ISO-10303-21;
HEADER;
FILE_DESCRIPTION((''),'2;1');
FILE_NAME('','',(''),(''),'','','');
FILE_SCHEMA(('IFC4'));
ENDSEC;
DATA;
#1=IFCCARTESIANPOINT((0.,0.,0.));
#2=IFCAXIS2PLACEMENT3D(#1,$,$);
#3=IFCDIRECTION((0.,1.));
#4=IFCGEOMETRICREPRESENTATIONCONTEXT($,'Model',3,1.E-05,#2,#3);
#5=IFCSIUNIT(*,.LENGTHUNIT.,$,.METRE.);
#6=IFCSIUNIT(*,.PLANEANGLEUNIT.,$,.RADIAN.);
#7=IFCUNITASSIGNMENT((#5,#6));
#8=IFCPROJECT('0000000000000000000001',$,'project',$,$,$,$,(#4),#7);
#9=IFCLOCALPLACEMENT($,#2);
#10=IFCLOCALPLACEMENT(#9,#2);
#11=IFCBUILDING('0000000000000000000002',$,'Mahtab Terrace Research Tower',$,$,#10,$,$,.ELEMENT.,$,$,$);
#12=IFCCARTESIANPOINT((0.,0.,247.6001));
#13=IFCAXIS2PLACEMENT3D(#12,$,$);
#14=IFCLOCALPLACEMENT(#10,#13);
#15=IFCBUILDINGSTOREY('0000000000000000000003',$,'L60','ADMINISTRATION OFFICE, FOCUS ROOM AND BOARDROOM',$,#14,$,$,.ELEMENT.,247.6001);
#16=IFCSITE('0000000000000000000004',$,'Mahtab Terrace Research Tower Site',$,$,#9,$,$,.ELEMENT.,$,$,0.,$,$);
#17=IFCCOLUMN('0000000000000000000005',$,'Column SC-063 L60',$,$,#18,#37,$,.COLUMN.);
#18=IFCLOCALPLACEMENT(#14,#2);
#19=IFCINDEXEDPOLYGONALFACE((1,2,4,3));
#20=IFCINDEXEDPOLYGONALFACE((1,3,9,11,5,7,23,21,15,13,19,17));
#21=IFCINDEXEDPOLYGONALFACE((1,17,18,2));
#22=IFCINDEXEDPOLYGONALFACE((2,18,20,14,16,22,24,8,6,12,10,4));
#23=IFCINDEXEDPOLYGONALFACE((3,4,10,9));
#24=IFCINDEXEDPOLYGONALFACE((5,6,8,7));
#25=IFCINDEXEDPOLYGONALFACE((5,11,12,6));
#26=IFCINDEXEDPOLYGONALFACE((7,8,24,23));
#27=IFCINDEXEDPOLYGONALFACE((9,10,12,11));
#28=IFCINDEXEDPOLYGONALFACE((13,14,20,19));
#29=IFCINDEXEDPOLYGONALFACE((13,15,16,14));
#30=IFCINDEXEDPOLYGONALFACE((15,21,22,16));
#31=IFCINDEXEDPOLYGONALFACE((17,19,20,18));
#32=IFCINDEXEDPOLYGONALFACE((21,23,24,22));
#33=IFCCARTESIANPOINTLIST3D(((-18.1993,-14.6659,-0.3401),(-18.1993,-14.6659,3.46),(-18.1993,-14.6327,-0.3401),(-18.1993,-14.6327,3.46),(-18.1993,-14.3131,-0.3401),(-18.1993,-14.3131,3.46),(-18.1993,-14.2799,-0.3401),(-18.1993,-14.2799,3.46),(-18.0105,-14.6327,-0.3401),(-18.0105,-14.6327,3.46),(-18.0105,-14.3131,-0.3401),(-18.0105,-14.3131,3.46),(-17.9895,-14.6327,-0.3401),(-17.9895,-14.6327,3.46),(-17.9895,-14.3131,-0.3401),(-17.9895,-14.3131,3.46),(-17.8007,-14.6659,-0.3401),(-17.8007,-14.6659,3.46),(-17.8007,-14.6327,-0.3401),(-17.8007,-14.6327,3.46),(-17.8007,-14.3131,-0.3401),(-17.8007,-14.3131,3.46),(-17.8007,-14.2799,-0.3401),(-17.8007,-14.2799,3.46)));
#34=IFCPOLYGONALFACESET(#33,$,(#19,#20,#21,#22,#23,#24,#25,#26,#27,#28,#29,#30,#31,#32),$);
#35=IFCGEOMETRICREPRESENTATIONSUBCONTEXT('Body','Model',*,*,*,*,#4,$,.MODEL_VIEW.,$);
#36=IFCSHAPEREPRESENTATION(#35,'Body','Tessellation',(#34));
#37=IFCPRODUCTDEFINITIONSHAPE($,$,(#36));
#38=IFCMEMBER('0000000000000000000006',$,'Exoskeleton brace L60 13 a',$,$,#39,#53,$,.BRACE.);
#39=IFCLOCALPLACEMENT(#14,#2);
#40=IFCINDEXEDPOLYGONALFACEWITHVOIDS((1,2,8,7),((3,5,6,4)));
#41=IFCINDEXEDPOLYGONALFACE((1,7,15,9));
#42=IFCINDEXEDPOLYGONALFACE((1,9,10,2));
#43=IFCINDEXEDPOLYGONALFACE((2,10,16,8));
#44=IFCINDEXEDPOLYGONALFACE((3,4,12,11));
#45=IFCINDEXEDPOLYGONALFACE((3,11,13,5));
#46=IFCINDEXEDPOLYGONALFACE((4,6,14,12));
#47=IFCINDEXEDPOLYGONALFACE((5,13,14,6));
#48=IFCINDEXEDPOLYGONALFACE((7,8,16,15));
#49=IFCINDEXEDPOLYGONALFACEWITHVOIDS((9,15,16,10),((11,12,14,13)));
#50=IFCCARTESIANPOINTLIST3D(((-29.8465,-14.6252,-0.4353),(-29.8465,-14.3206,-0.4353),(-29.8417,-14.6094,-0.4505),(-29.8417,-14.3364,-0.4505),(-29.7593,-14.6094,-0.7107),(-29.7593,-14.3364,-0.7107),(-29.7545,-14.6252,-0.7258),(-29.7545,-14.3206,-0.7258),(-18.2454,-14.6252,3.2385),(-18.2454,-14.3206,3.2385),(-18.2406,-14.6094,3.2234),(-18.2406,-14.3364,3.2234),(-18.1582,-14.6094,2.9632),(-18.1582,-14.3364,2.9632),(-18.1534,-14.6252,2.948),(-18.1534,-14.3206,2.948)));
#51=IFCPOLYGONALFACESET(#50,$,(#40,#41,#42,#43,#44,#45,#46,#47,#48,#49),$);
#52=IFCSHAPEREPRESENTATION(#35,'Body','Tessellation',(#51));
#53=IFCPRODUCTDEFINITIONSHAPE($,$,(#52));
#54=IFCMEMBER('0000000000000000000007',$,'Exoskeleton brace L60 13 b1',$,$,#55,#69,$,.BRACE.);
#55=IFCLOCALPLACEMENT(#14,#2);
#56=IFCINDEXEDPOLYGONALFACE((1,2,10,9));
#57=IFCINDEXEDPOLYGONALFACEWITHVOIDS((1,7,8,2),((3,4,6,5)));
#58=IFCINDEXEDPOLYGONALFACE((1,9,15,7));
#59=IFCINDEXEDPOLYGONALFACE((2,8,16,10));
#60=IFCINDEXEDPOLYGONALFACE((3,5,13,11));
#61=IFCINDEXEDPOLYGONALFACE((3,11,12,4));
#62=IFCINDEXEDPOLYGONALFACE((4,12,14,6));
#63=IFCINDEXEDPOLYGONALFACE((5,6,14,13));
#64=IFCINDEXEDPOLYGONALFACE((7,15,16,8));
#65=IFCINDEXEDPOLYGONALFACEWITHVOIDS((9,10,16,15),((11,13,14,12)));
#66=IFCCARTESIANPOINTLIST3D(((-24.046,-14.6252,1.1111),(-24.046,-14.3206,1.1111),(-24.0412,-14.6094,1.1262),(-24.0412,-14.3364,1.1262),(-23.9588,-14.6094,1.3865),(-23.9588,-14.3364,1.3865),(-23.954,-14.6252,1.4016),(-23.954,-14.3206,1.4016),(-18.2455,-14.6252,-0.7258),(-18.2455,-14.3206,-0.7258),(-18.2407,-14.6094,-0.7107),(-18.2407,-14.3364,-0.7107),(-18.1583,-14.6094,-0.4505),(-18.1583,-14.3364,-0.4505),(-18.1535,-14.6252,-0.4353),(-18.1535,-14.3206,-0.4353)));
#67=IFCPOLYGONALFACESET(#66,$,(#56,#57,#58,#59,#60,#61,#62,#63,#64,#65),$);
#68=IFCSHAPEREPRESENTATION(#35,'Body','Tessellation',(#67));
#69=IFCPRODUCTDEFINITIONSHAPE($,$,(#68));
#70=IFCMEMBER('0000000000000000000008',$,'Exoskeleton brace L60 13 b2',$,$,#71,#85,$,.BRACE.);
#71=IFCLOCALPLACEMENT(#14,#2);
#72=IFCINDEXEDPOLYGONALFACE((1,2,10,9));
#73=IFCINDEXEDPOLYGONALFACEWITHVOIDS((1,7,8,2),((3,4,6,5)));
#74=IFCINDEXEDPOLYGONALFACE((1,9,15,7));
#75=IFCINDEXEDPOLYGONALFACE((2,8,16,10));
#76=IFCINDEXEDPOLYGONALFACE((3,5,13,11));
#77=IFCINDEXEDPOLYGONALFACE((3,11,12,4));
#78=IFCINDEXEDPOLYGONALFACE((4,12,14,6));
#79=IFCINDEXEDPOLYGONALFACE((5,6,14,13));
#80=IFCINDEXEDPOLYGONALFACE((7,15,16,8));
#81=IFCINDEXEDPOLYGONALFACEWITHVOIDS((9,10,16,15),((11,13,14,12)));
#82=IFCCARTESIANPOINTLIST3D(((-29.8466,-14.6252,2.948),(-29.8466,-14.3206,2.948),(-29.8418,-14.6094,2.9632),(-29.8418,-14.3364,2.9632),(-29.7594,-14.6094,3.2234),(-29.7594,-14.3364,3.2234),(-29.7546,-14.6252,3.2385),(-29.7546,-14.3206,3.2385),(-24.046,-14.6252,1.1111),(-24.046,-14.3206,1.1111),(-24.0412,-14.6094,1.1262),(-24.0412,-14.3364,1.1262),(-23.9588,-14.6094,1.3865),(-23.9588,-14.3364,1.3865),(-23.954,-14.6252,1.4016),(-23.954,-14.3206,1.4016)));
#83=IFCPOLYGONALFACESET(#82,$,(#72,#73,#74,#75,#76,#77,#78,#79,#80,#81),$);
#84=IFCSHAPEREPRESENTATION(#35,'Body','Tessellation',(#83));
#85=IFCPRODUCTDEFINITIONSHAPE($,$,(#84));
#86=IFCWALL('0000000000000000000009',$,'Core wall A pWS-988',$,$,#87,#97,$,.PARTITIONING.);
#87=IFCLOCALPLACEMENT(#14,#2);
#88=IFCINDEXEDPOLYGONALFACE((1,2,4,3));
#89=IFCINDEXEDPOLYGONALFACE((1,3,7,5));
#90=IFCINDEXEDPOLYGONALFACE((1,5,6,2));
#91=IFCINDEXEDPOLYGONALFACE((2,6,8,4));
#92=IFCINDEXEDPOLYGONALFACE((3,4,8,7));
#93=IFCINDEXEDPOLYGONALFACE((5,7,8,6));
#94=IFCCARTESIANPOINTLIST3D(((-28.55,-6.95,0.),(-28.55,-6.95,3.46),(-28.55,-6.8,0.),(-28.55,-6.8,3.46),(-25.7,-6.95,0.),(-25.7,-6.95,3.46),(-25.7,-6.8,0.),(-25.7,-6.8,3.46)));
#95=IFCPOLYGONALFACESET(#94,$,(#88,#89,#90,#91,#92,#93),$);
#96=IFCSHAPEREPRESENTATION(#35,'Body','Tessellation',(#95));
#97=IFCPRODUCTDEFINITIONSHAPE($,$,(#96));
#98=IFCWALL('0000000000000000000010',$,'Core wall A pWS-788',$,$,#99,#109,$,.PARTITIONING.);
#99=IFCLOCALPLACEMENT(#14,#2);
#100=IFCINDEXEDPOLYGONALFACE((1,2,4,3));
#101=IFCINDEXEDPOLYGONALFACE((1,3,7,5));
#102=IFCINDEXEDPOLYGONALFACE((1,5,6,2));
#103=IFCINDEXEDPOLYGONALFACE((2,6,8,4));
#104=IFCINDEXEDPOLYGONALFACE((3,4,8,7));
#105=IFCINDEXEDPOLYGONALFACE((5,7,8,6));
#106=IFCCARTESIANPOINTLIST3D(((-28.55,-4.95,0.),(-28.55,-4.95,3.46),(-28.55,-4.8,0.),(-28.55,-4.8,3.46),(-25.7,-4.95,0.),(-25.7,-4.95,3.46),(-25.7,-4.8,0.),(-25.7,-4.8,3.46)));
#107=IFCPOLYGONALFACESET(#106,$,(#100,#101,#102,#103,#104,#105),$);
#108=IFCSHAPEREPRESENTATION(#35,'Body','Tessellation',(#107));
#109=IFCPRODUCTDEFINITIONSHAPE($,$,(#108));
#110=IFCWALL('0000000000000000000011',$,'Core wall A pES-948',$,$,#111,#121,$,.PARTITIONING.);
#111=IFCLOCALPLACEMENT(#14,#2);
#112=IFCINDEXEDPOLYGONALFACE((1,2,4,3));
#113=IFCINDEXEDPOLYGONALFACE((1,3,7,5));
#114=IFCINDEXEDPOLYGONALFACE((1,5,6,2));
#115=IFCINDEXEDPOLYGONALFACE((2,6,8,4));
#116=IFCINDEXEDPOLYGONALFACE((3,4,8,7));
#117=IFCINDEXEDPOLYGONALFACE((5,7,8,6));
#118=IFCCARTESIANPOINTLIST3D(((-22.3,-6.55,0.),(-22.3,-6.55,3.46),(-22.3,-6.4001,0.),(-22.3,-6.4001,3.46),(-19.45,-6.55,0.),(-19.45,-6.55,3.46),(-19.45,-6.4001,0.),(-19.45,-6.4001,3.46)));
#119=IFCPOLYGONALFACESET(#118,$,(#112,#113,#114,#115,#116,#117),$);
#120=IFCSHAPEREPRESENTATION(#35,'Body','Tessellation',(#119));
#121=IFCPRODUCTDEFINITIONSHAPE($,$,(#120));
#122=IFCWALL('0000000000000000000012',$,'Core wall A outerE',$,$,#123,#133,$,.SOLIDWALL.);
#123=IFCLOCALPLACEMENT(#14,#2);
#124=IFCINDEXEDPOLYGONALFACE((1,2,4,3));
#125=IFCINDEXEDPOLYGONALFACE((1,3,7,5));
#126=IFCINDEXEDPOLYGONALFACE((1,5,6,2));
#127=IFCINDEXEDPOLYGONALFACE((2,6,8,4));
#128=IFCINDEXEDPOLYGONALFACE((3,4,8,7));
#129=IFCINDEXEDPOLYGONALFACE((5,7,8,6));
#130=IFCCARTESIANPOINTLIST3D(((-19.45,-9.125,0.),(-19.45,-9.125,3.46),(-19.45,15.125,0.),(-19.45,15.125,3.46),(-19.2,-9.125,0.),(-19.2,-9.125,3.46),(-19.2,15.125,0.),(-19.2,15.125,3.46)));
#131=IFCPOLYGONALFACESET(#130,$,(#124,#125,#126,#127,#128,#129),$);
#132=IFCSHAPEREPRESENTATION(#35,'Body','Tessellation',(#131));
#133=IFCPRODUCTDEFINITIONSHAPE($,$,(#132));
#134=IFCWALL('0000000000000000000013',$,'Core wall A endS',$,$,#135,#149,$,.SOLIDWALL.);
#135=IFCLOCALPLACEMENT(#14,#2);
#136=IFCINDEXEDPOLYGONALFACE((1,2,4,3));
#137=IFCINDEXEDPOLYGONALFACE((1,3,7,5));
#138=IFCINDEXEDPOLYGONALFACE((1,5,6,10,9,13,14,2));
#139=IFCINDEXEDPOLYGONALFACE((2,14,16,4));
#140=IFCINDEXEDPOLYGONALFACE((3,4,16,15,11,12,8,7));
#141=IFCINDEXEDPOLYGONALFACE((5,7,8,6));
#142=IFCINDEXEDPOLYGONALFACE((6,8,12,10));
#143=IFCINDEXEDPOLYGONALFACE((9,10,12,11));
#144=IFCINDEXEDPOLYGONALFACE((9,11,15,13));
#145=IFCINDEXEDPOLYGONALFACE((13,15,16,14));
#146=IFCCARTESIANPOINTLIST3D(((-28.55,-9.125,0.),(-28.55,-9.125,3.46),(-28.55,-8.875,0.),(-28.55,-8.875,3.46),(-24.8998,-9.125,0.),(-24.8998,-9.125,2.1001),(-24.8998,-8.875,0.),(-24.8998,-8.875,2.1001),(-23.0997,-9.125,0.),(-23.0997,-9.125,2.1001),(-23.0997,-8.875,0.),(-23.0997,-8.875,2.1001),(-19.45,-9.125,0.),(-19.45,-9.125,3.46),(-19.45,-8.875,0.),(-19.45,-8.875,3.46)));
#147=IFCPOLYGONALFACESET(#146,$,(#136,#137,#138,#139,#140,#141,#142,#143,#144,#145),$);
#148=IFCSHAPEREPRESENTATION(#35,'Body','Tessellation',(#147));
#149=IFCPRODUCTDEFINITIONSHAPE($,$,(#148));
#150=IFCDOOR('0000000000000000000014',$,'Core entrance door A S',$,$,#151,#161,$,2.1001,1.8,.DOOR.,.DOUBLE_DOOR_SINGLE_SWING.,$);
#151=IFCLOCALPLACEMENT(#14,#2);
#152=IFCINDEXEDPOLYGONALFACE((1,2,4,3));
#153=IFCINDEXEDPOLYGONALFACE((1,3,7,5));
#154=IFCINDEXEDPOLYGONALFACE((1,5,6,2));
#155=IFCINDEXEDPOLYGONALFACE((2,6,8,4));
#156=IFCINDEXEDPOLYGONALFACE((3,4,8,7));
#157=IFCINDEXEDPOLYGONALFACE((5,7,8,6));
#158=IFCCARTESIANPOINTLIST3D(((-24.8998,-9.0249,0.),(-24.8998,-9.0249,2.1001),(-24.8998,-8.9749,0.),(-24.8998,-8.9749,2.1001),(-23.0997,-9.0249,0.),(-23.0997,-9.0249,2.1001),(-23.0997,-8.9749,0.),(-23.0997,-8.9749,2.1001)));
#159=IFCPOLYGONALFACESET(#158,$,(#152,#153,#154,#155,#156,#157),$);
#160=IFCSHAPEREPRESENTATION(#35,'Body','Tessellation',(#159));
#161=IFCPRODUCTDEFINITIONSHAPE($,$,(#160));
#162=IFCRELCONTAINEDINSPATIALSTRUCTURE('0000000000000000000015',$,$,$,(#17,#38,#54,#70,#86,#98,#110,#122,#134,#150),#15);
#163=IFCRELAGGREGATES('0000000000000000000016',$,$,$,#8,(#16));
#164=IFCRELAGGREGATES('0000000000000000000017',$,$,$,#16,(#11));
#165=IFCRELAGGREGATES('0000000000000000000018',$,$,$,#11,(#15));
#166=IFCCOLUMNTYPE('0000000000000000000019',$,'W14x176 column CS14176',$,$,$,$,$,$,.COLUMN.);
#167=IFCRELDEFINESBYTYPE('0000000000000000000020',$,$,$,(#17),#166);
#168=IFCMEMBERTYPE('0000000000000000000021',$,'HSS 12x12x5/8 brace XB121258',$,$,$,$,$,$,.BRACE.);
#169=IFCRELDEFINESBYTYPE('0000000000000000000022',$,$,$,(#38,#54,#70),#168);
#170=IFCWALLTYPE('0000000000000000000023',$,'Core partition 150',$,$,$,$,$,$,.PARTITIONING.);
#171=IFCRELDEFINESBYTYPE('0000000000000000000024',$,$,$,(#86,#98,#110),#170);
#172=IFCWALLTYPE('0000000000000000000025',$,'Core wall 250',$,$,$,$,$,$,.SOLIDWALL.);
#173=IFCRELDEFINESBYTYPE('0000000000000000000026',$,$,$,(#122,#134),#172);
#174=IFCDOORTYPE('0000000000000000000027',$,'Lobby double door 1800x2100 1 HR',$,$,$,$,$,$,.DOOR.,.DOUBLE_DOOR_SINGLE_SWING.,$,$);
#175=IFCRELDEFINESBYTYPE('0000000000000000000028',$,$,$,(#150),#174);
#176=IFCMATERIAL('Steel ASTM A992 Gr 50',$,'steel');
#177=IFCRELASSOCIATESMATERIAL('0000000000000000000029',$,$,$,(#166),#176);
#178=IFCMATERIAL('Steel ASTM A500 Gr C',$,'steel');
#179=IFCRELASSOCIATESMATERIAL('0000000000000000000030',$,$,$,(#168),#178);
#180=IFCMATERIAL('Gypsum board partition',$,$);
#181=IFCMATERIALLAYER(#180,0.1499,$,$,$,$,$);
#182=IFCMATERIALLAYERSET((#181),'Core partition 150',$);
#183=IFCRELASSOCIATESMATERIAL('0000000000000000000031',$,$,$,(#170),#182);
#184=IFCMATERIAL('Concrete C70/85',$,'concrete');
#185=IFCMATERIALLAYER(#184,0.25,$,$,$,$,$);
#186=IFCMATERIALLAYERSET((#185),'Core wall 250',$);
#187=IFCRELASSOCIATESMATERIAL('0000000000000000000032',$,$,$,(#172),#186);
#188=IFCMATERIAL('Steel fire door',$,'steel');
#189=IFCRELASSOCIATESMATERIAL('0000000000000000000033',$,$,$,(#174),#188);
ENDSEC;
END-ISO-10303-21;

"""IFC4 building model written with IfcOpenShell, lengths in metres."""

from ifc_helpers import new_model, si_unit, direction, frame, frame_2d, origin, origin_2d, place, context, subcontext, project, spatial, rectangle, hollow_rectangle, i_section, extrude, material, layer, layer_set, material_profile, profile_set, type_object, element, fill, save


model = new_model("IFC4")

# Units and contexts
model_context = context("Model", 3, precision=1e-05, world=origin(), true_north=direction((0.0, 1.0)))
body_context = subcontext(model_context, "Body", "Model", "MODEL_VIEW")
ifc_project = project(units=[si_unit("LENGTHUNIT", "METRE"), si_unit("PLANEANGLEUNIT", "RADIAN")], contexts=[model_context])

# Site, building, storey
site_placement = place(None, origin())
site = spatial("IfcSite", under=ifc_project, at=site_placement, Name="Mahtab Terrace Research Tower Site", CompositionType="ELEMENT", RefElevation=0.0)
building_placement = place(site_placement, origin())
building = spatial("IfcBuilding", under=site, at=building_placement, Name="Mahtab Terrace Research Tower", CompositionType="ELEMENT")
storey_placement = place(building_placement, frame((0.0, 0.0, 247.6001)))
storey = spatial("IfcBuildingStorey", under=building, at=storey_placement, Name="L60", Description="ADMINISTRATION OFFICE, FOCUS ROOM AND BOARDROOM", CompositionType="ELEMENT", Elevation=247.6001)

# Column
ifc_material_1 = material(Name="Steel ASTM A992 Gr 50", Category="steel")
ifc_material_profile_1 = material_profile(ifc_material_1, i_section(OverallWidth=0.3987, OverallDepth=0.386, WebThickness=0.021, FlangeThickness=0.0332, at=origin_2d()), Name="W14X176")
ifc_profile_set_1 = profile_set([ifc_material_profile_1], Name="Steel ASTM A992 Gr 50")
column_type = type_object("IfcColumnType", Name="W14x176 column CS14176", PredefinedType="COLUMN", material=ifc_profile_set_1)
column_placement = place(storey_placement, frame((-18.0, -14.4729, -0.3401), z_axis=(0.0, 0.0, 1.0), x_axis=(1.0, 0.0, 0.0)))
element("IfcColumn", 1, at=column_placement, inside=storey, type_object=column_type, Name="Column SC-063 L60", PredefinedType="COLUMN", context=body_context, shape_type="SweptSolid", body=[
    extrude(i_section(OverallWidth=0.3987, OverallDepth=0.386, WebThickness=0.021, FlangeThickness=0.0332, at=origin_2d()), origin(), (0.0, 0.0, 1.0), 3.8),
])

# Members
ifc_material_2 = material(Name="Steel ASTM A500 Gr C", Category="steel")
ifc_material_profile_2 = material_profile(ifc_material_2, hollow_rectangle(XDim=0.3047, YDim=0.3047, WallThickness=0.0159, at=origin_2d()), Name="HSS12X12X5/8")
ifc_profile_set_2 = profile_set([ifc_material_profile_2], Name="Steel ASTM A500 Gr C")
member_type = type_object("IfcMemberType", Name="HSS 12x12x5/8 brace XB121258", PredefinedType="BRACE", material=ifc_profile_set_2)
member_placement = place(storey_placement, frame((-29.8005, -14.4729, -0.5806), z_axis=(0.953339, 0.0, 0.301903), x_axis=(0.0, 1.0, 0.0)))
element("IfcMember", 2, at=member_placement, inside=storey, type_object=member_type, Name="Exoskeleton brace L60 13 a", PredefinedType="BRACE", context=body_context, shape_type="SweptSolid", body=[
    extrude(hollow_rectangle(XDim=0.3047, YDim=0.3047, WallThickness=0.0159, at=origin_2d()), origin(), (0.0, 0.0, 1.0), 12.1689),
])
for number, where, z_axis, x_axis, name in (
    (3, (-18.1995, -14.4729, -0.5806), (-0.953339, 0.0, 0.301903), (0.0, -1.0, 0.0), "Exoskeleton brace L60 13 b1"),
    (4, (-24.0, -14.4729, 1.2563), (-0.953339, 0.0, 0.301903), (0.0, -1.0, 0.0), "Exoskeleton brace L60 13 b2"),
):
    element("IfcMember", number, at=place(storey_placement, frame(where, z_axis=z_axis, x_axis=x_axis)), inside=storey, type_object=member_type, Name=name, PredefinedType="BRACE", context=body_context, shape_type="SweptSolid", body=[
        extrude(hollow_rectangle(XDim=0.3047, YDim=0.3047, WallThickness=0.0159, at=origin_2d()), origin(), (0.0, 0.0, 1.0), 6.0845),
    ])

# Walls
ifc_material_3 = material(Name="Gypsum board partition")
ifc_layer_1 = layer(ifc_material_3, 0.1499)
ifc_layer_set_1 = layer_set([ifc_layer_1], Name="Core partition 150")
wall_type_1 = type_object("IfcWallType", Name="Core partition 150", PredefinedType="PARTITIONING", material=ifc_layer_set_1)
for number, where, z_axis, x_axis, name in (
    (5, (-28.55, -6.875, 0.0), (0.0, 0.0, 1.0), (1.0, 0.0, 0.0), "Core wall A pWS-988"),
    (6, (-28.55, -4.875, 0.0), (0.0, 0.0, 1.0), (1.0, 0.0, 0.0), "Core wall A pWS-788"),
    (7, (-22.3, -6.4751, 0.0), (0.0, 0.0, 1.0), (1.0, 0.0, 0.0), "Core wall A pES-948"),
):
    element("IfcWall", number, at=place(storey_placement, frame(where, z_axis=z_axis, x_axis=x_axis)), inside=storey, type_object=wall_type_1, Name=name, PredefinedType="PARTITIONING", context=body_context, shape_type="SweptSolid", body=[
        extrude(rectangle(XDim=2.8501, YDim=0.1499, at=frame_2d((1.425, 0.0))), origin(), (0.0, 0.0, 1.0), 3.46),
    ])
ifc_material_4 = material(Name="Concrete C70/85", Category="concrete")
ifc_layer_2 = layer(ifc_material_4, 0.25)
ifc_layer_set_2 = layer_set([ifc_layer_2], Name="Core wall 250")
wall_type_2 = type_object("IfcWallType", Name="Core wall 250", PredefinedType="SOLIDWALL", material=ifc_layer_set_2)
wall_1_placement = place(storey_placement, frame((-19.325, -9.125, 0.0), z_axis=(0.0, 0.0, 1.0), x_axis=(0.0, 1.0, 0.0)))
element("IfcWall", 8, at=wall_1_placement, inside=storey, type_object=wall_type_2, Name="Core wall A outerE", PredefinedType="SOLIDWALL", context=body_context, shape_type="SweptSolid", body=[
    extrude(rectangle(XDim=24.25, YDim=0.25, at=frame_2d((12.125, 0.0))), origin(), (0.0, 0.0, 1.0), 3.46),
])

# Wall, opening, door
wall_2_placement = place(storey_placement, frame((-19.45, -9.0, 0.0), z_axis=(0.0, 0.0, 1.0), x_axis=(-1.0, 0.0, 0.0)))
wall_2 = element("IfcWall", 9, at=wall_2_placement, inside=storey, type_object=wall_type_2, Name="Core wall A endS", PredefinedType="SOLIDWALL", context=body_context, shape_type="SweptSolid", body=[
    extrude(rectangle(XDim=9.1001, YDim=0.25, at=frame_2d((4.55, 0.0))), origin(), (0.0, 0.0, 1.0), 3.46),
])
opening_1_placement = place(wall_2_placement, frame((3.6499, 0.0, 0.0)))
opening_1 = element("IfcOpeningElement", 10, at=opening_1_placement, cuts=wall_2, PredefinedType="OPENING", context=body_context, shape_type="SweptSolid", body=[
    extrude(rectangle(XDim=1.8, YDim=2.1001, at=frame_2d((0.8999, 1.05))), frame((0.0, 0.135, 0.0), z_axis=(0.0, -1.0, 0.0), x_axis=(1.0, 0.0, 0.0)), (0.0, 0.0, 1.0), 0.27),
])
ifc_material_5 = material(Name="Steel fire door", Category="steel")
door_type_1 = type_object("IfcDoorType", Name="Lobby double door 1800x2100 1 HR", OperationType="DOUBLE_DOOR_SINGLE_SWING", PredefinedType="DOOR", material=ifc_material_5)
door_1_placement = place(opening_1_placement, origin())
door_1 = element("IfcDoor", 11, at=door_1_placement, inside=storey, type_object=door_type_1, Name="Core entrance door A S", OperationType="DOUBLE_DOOR_SINGLE_SWING", OverallHeight=2.1001, OverallWidth=1.8, PredefinedType="DOOR", context=body_context, shape_type="SweptSolid", body=[
    extrude(rectangle(XDim=1.8, YDim=2.1001, at=frame_2d((0.8999, 1.05))), frame((0.0, 0.0249, 0.0), z_axis=(0.0, -1.0, 0.0), x_axis=(1.0, 0.0, 0.0)), (0.0, 0.0, 1.0), 0.05),
])
fill(opening_1, door_1)

save(model, "model.ifc")
